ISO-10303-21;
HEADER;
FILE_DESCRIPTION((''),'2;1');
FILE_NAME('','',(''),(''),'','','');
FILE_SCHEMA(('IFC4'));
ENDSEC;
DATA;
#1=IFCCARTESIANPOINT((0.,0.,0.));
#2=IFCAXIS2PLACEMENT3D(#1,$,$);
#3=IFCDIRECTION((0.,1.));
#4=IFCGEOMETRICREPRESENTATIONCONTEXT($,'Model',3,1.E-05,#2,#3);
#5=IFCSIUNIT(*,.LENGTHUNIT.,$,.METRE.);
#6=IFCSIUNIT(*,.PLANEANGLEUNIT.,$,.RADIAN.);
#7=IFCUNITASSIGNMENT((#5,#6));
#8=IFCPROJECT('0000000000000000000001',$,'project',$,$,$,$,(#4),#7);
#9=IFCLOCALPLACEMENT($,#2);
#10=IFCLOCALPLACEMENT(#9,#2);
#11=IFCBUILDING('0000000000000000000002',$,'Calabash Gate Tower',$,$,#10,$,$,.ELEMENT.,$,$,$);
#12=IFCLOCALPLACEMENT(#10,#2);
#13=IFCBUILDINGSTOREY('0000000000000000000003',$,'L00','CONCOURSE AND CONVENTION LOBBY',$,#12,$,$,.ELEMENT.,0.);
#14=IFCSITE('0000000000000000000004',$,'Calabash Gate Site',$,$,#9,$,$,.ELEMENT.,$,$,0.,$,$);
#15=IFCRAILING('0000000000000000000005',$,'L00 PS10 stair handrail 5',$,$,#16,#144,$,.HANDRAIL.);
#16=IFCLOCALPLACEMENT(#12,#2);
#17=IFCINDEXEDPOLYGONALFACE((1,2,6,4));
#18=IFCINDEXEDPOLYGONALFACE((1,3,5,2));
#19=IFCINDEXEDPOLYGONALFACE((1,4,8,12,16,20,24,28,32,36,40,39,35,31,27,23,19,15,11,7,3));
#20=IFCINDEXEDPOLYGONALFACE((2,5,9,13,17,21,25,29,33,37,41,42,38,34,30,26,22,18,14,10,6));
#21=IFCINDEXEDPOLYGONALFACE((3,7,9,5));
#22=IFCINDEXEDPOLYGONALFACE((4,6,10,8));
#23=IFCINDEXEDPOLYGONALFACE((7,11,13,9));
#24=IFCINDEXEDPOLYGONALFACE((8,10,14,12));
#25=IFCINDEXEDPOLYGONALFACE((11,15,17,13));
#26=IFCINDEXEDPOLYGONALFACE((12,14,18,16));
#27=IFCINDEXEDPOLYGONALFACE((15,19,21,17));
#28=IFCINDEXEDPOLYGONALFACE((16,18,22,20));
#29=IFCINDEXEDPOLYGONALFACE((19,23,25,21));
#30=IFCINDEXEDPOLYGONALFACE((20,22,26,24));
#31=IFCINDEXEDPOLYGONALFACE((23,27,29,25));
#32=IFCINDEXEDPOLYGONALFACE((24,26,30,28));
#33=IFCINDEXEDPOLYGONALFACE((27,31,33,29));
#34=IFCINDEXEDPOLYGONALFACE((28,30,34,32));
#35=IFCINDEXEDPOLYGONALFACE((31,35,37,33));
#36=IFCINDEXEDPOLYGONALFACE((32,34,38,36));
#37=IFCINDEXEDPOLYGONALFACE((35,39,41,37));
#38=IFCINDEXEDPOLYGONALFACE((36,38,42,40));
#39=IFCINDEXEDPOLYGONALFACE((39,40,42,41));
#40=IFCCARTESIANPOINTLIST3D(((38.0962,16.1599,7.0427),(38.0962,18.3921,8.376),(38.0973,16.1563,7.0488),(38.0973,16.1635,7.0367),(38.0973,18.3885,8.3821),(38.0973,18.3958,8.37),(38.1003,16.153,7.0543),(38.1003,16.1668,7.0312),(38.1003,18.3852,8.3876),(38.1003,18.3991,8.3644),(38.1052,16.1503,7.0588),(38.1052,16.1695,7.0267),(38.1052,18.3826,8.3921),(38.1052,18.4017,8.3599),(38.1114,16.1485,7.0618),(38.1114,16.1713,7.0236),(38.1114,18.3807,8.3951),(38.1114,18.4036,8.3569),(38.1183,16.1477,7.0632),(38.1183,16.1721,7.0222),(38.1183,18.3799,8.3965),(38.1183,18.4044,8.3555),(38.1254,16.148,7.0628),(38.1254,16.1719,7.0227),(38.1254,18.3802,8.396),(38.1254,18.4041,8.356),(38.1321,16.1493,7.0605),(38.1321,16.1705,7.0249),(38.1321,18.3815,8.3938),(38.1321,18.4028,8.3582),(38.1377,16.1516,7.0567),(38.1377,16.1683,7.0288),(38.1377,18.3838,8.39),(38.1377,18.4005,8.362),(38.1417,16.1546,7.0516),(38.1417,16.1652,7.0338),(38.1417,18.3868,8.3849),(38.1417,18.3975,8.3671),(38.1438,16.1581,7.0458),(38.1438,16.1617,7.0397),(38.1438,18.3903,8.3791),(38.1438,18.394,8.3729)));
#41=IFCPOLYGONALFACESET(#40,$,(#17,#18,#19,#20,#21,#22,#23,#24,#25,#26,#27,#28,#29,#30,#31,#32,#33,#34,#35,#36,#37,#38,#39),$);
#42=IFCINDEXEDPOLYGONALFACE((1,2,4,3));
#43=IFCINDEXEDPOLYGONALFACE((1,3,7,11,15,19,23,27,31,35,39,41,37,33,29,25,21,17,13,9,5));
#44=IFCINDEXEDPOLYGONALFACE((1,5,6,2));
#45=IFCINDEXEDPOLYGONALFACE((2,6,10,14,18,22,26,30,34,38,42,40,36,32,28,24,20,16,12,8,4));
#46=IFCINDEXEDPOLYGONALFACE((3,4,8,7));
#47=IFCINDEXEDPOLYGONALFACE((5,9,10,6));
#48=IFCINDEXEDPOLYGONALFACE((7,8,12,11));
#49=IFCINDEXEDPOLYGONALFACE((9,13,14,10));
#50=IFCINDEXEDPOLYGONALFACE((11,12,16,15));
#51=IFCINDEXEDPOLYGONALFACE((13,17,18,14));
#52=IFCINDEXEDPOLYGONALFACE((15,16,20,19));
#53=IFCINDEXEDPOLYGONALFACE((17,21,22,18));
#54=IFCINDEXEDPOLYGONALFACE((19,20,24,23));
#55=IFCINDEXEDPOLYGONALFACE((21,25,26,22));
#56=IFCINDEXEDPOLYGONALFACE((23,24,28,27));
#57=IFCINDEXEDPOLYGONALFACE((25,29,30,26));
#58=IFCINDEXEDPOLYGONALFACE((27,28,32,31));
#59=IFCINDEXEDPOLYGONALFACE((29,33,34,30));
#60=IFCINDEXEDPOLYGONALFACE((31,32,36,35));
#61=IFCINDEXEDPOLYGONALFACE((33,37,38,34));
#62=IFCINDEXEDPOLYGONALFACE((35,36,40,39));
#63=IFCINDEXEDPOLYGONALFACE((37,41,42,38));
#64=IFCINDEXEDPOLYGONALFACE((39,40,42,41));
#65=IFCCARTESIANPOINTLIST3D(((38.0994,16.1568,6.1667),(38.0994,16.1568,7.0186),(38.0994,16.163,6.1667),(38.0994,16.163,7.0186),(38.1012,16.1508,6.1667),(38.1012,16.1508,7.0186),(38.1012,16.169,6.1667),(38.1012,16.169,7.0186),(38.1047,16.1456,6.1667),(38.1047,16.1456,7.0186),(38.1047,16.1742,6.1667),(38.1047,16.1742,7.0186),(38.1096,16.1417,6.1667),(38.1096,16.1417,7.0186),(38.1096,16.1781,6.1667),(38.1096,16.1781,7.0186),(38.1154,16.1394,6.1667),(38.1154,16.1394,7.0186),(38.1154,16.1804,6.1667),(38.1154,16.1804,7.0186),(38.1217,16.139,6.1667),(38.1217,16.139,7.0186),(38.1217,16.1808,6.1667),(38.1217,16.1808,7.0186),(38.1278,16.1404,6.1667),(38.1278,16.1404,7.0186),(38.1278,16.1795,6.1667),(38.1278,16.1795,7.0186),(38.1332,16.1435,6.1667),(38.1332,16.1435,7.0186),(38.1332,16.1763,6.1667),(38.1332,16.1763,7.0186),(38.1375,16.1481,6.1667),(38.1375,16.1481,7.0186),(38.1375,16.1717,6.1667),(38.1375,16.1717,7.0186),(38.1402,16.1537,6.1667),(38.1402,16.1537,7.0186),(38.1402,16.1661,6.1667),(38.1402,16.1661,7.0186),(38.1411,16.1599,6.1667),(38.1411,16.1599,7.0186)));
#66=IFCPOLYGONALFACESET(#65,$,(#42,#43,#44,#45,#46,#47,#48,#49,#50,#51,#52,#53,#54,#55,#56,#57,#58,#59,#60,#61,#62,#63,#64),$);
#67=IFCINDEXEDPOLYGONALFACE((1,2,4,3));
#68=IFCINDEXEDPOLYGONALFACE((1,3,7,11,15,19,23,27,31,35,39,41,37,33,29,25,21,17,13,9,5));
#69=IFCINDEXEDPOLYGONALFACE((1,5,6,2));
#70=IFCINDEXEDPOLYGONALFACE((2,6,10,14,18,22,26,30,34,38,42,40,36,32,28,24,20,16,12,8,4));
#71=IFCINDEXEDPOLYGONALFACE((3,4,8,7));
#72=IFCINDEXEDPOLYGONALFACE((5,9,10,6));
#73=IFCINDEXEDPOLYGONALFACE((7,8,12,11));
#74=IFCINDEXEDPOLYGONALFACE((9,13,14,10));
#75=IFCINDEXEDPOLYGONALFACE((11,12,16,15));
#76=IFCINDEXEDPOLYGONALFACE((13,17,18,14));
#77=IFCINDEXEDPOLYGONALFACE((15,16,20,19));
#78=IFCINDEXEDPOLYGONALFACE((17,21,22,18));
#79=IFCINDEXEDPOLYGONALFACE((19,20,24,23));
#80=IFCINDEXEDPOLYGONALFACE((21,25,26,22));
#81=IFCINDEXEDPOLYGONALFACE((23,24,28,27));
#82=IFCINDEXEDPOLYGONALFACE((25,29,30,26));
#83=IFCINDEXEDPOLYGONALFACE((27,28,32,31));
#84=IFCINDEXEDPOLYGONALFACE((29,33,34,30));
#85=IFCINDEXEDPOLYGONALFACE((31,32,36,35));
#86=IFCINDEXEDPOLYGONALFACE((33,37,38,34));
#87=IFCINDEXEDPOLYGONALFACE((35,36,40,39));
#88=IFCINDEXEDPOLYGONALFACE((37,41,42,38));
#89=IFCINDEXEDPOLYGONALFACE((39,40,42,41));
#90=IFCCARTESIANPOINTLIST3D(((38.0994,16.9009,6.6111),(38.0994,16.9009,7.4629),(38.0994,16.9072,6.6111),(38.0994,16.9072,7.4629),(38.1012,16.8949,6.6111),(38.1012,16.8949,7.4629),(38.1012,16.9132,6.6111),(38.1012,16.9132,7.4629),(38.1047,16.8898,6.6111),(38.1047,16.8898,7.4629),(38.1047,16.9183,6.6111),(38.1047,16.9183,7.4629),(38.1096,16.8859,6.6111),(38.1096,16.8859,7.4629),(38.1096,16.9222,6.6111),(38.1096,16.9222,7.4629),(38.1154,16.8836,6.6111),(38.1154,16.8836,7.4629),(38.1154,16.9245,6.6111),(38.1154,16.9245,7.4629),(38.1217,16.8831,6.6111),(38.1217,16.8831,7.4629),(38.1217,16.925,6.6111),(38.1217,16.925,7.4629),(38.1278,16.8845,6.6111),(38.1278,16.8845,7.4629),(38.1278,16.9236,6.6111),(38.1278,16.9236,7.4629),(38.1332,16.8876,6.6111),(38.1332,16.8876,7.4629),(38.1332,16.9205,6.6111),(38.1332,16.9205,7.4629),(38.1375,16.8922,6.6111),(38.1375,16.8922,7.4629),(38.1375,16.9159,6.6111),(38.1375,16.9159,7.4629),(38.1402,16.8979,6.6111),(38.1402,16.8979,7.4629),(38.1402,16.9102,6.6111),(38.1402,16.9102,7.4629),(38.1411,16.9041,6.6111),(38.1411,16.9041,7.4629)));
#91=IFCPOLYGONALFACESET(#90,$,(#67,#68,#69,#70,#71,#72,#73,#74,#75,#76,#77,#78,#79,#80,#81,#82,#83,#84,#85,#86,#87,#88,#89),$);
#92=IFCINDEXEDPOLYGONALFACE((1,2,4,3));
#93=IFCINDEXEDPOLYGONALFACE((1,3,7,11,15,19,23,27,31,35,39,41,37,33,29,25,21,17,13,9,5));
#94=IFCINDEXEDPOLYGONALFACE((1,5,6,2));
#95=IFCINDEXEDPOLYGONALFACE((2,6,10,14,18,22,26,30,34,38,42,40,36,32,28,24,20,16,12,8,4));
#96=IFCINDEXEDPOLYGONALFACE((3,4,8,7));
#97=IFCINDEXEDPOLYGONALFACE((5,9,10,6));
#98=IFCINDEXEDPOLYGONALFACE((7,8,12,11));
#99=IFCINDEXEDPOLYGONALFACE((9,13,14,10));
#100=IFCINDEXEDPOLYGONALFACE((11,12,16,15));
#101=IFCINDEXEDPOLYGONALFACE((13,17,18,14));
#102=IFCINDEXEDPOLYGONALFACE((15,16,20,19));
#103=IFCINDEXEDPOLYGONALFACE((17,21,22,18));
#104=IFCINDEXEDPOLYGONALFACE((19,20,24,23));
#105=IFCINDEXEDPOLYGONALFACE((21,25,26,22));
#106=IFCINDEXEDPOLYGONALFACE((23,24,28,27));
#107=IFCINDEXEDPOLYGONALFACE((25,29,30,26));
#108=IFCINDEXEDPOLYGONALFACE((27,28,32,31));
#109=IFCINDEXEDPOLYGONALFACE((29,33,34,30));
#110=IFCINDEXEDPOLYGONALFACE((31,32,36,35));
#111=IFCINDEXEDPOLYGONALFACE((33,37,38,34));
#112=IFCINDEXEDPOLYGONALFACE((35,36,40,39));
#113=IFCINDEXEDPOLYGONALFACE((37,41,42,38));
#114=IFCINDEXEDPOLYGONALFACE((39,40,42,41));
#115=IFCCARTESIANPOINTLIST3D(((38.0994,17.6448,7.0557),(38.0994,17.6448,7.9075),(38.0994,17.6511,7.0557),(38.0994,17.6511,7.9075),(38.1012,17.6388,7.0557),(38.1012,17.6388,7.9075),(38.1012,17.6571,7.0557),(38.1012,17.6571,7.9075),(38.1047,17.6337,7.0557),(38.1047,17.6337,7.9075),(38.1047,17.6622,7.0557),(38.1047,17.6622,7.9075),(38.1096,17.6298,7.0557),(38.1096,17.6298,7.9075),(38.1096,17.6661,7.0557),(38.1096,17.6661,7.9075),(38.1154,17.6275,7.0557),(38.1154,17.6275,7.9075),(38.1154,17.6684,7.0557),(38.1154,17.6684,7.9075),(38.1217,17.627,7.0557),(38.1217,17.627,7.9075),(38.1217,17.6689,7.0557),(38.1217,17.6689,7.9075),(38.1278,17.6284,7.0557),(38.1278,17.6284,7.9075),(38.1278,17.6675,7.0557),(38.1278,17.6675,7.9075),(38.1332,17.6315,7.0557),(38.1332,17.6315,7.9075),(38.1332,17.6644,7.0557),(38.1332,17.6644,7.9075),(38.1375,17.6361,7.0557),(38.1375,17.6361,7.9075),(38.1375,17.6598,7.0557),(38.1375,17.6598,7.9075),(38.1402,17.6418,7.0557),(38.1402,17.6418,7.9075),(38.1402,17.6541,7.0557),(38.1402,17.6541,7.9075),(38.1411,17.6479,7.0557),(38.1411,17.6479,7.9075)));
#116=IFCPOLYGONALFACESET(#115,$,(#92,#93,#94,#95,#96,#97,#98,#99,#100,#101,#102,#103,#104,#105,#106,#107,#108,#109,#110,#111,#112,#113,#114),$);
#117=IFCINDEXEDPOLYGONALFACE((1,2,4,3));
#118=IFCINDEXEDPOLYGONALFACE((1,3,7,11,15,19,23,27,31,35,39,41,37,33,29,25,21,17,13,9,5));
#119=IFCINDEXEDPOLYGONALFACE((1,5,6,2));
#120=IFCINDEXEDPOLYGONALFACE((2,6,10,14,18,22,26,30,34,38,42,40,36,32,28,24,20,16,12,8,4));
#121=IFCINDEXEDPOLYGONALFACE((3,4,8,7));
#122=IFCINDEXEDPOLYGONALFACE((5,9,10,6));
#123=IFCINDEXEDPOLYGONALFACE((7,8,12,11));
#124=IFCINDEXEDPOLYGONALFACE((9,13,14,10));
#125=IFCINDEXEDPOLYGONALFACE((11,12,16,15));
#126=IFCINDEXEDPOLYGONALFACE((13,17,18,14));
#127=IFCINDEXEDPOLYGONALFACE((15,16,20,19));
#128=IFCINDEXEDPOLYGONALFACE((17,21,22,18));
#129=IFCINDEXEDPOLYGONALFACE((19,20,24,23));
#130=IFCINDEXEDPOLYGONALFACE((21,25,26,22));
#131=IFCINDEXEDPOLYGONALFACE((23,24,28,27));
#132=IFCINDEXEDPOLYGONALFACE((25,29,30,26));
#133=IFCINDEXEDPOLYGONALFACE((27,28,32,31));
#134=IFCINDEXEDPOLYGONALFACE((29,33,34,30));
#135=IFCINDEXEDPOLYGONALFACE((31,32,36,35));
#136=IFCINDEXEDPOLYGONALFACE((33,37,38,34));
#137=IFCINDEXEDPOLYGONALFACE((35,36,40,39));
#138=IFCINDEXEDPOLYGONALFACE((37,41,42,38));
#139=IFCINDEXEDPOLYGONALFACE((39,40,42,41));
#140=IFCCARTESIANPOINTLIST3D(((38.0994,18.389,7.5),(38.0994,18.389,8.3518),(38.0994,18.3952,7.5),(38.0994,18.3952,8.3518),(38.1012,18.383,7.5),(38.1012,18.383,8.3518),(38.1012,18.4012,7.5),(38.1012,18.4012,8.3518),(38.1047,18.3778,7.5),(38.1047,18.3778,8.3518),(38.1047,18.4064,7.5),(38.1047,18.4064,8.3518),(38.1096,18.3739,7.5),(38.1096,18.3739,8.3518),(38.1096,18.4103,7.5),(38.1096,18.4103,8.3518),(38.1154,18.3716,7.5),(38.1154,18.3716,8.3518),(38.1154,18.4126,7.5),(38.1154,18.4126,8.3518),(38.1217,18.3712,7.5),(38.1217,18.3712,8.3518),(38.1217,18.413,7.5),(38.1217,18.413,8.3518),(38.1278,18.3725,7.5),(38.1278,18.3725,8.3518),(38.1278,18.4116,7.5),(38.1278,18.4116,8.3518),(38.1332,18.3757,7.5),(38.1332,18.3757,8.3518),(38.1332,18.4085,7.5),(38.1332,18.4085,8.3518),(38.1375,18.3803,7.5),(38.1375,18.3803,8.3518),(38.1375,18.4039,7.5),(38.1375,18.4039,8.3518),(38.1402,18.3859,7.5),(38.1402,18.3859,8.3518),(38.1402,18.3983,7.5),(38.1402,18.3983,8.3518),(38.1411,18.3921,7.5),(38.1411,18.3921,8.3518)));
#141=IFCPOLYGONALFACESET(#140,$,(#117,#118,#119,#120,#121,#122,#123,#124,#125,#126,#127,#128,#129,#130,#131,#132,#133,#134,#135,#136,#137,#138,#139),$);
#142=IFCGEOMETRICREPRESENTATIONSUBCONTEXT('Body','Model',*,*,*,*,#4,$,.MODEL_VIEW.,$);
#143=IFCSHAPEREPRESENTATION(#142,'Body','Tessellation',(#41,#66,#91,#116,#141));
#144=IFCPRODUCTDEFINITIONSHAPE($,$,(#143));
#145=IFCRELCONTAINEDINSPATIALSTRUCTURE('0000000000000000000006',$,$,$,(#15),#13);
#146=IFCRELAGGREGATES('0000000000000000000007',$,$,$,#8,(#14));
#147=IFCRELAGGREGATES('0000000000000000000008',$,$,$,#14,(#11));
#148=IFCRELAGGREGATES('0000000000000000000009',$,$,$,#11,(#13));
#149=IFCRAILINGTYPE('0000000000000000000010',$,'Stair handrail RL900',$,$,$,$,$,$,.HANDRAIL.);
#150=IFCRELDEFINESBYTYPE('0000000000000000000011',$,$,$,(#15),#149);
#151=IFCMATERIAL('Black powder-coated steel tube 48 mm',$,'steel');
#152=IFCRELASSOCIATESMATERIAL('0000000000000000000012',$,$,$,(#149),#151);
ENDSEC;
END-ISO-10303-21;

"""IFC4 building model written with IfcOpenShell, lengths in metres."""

from ifc_helpers import new_model, si_unit, direction, frame, origin, origin_2d, place, context, subcontext, project, spatial, circle, extrude, material, type_object, element, save


model = new_model("IFC4")

# Units and contexts
model_context = context("Model", 3, precision=1e-05, world=origin(), true_north=direction((0.0, 1.0)))
body_context = subcontext(model_context, "Body", "Model", "MODEL_VIEW")
ifc_project = project(units=[si_unit("LENGTHUNIT", "METRE"), si_unit("PLANEANGLEUNIT", "RADIAN")], contexts=[model_context])

# Site, building, storey
site_placement = place(None, origin())
site = spatial("IfcSite", under=ifc_project, at=site_placement, Name="Calabash Gate Site", CompositionType="ELEMENT", RefElevation=0.0)
building_placement = place(site_placement, origin())
building = spatial("IfcBuilding", under=site, at=building_placement, Name="Calabash Gate Tower", CompositionType="ELEMENT")
storey_placement = place(building_placement, origin())
storey = spatial("IfcBuildingStorey", under=building, at=storey_placement, Name="L00", Description="CONCOURSE AND CONVENTION LOBBY", CompositionType="ELEMENT", Elevation=0.0)

# Railing
ifc_material_1 = material(Name="Black powder-coated steel tube 48 mm", Category="steel")
railing_type_1 = type_object("IfcRailingType", Name="Stair handrail RL900", PredefinedType="HANDRAIL", material=ifc_material_1)
for number, where, name in (
    (1, (38.1201, 16.1599, 6.1667), "L00 PS10 stair handrail 5"),
):
    element("IfcRailing", number, at=place(storey_placement, frame(where)), inside=storey, type_object=railing_type_1, Name=name, PredefinedType="HANDRAIL", context=body_context, shape_type="SweptSolid", body=[
        extrude(circle(Radius=0.0239, at=origin_2d()), frame((0.0, 0.0, 0.876), z_axis=(0.0, 0.858519, 0.512782), x_axis=(-1.0, 0.0, 0.0)), (0.0, 0.0, 1.0), 2.6001),
        extrude(circle(Radius=0.021, at=origin_2d()), origin(), (0.0, 0.0, 1.0), 0.8518),
        extrude(circle(Radius=0.021, at=origin_2d()), frame((0.0, 0.7441, 0.4443)), (0.0, 0.0, 1.0), 0.8518),
        extrude(circle(Radius=0.021, at=origin_2d()), frame((0.0, 1.488, 0.8889)), (0.0, 0.0, 1.0), 0.8518),
        extrude(circle(Radius=0.021, at=origin_2d()), frame((0.0, 2.2322, 1.3333)), (0.0, 0.0, 1.0), 0.8518),
    ])

save(model, "model.ifc")
